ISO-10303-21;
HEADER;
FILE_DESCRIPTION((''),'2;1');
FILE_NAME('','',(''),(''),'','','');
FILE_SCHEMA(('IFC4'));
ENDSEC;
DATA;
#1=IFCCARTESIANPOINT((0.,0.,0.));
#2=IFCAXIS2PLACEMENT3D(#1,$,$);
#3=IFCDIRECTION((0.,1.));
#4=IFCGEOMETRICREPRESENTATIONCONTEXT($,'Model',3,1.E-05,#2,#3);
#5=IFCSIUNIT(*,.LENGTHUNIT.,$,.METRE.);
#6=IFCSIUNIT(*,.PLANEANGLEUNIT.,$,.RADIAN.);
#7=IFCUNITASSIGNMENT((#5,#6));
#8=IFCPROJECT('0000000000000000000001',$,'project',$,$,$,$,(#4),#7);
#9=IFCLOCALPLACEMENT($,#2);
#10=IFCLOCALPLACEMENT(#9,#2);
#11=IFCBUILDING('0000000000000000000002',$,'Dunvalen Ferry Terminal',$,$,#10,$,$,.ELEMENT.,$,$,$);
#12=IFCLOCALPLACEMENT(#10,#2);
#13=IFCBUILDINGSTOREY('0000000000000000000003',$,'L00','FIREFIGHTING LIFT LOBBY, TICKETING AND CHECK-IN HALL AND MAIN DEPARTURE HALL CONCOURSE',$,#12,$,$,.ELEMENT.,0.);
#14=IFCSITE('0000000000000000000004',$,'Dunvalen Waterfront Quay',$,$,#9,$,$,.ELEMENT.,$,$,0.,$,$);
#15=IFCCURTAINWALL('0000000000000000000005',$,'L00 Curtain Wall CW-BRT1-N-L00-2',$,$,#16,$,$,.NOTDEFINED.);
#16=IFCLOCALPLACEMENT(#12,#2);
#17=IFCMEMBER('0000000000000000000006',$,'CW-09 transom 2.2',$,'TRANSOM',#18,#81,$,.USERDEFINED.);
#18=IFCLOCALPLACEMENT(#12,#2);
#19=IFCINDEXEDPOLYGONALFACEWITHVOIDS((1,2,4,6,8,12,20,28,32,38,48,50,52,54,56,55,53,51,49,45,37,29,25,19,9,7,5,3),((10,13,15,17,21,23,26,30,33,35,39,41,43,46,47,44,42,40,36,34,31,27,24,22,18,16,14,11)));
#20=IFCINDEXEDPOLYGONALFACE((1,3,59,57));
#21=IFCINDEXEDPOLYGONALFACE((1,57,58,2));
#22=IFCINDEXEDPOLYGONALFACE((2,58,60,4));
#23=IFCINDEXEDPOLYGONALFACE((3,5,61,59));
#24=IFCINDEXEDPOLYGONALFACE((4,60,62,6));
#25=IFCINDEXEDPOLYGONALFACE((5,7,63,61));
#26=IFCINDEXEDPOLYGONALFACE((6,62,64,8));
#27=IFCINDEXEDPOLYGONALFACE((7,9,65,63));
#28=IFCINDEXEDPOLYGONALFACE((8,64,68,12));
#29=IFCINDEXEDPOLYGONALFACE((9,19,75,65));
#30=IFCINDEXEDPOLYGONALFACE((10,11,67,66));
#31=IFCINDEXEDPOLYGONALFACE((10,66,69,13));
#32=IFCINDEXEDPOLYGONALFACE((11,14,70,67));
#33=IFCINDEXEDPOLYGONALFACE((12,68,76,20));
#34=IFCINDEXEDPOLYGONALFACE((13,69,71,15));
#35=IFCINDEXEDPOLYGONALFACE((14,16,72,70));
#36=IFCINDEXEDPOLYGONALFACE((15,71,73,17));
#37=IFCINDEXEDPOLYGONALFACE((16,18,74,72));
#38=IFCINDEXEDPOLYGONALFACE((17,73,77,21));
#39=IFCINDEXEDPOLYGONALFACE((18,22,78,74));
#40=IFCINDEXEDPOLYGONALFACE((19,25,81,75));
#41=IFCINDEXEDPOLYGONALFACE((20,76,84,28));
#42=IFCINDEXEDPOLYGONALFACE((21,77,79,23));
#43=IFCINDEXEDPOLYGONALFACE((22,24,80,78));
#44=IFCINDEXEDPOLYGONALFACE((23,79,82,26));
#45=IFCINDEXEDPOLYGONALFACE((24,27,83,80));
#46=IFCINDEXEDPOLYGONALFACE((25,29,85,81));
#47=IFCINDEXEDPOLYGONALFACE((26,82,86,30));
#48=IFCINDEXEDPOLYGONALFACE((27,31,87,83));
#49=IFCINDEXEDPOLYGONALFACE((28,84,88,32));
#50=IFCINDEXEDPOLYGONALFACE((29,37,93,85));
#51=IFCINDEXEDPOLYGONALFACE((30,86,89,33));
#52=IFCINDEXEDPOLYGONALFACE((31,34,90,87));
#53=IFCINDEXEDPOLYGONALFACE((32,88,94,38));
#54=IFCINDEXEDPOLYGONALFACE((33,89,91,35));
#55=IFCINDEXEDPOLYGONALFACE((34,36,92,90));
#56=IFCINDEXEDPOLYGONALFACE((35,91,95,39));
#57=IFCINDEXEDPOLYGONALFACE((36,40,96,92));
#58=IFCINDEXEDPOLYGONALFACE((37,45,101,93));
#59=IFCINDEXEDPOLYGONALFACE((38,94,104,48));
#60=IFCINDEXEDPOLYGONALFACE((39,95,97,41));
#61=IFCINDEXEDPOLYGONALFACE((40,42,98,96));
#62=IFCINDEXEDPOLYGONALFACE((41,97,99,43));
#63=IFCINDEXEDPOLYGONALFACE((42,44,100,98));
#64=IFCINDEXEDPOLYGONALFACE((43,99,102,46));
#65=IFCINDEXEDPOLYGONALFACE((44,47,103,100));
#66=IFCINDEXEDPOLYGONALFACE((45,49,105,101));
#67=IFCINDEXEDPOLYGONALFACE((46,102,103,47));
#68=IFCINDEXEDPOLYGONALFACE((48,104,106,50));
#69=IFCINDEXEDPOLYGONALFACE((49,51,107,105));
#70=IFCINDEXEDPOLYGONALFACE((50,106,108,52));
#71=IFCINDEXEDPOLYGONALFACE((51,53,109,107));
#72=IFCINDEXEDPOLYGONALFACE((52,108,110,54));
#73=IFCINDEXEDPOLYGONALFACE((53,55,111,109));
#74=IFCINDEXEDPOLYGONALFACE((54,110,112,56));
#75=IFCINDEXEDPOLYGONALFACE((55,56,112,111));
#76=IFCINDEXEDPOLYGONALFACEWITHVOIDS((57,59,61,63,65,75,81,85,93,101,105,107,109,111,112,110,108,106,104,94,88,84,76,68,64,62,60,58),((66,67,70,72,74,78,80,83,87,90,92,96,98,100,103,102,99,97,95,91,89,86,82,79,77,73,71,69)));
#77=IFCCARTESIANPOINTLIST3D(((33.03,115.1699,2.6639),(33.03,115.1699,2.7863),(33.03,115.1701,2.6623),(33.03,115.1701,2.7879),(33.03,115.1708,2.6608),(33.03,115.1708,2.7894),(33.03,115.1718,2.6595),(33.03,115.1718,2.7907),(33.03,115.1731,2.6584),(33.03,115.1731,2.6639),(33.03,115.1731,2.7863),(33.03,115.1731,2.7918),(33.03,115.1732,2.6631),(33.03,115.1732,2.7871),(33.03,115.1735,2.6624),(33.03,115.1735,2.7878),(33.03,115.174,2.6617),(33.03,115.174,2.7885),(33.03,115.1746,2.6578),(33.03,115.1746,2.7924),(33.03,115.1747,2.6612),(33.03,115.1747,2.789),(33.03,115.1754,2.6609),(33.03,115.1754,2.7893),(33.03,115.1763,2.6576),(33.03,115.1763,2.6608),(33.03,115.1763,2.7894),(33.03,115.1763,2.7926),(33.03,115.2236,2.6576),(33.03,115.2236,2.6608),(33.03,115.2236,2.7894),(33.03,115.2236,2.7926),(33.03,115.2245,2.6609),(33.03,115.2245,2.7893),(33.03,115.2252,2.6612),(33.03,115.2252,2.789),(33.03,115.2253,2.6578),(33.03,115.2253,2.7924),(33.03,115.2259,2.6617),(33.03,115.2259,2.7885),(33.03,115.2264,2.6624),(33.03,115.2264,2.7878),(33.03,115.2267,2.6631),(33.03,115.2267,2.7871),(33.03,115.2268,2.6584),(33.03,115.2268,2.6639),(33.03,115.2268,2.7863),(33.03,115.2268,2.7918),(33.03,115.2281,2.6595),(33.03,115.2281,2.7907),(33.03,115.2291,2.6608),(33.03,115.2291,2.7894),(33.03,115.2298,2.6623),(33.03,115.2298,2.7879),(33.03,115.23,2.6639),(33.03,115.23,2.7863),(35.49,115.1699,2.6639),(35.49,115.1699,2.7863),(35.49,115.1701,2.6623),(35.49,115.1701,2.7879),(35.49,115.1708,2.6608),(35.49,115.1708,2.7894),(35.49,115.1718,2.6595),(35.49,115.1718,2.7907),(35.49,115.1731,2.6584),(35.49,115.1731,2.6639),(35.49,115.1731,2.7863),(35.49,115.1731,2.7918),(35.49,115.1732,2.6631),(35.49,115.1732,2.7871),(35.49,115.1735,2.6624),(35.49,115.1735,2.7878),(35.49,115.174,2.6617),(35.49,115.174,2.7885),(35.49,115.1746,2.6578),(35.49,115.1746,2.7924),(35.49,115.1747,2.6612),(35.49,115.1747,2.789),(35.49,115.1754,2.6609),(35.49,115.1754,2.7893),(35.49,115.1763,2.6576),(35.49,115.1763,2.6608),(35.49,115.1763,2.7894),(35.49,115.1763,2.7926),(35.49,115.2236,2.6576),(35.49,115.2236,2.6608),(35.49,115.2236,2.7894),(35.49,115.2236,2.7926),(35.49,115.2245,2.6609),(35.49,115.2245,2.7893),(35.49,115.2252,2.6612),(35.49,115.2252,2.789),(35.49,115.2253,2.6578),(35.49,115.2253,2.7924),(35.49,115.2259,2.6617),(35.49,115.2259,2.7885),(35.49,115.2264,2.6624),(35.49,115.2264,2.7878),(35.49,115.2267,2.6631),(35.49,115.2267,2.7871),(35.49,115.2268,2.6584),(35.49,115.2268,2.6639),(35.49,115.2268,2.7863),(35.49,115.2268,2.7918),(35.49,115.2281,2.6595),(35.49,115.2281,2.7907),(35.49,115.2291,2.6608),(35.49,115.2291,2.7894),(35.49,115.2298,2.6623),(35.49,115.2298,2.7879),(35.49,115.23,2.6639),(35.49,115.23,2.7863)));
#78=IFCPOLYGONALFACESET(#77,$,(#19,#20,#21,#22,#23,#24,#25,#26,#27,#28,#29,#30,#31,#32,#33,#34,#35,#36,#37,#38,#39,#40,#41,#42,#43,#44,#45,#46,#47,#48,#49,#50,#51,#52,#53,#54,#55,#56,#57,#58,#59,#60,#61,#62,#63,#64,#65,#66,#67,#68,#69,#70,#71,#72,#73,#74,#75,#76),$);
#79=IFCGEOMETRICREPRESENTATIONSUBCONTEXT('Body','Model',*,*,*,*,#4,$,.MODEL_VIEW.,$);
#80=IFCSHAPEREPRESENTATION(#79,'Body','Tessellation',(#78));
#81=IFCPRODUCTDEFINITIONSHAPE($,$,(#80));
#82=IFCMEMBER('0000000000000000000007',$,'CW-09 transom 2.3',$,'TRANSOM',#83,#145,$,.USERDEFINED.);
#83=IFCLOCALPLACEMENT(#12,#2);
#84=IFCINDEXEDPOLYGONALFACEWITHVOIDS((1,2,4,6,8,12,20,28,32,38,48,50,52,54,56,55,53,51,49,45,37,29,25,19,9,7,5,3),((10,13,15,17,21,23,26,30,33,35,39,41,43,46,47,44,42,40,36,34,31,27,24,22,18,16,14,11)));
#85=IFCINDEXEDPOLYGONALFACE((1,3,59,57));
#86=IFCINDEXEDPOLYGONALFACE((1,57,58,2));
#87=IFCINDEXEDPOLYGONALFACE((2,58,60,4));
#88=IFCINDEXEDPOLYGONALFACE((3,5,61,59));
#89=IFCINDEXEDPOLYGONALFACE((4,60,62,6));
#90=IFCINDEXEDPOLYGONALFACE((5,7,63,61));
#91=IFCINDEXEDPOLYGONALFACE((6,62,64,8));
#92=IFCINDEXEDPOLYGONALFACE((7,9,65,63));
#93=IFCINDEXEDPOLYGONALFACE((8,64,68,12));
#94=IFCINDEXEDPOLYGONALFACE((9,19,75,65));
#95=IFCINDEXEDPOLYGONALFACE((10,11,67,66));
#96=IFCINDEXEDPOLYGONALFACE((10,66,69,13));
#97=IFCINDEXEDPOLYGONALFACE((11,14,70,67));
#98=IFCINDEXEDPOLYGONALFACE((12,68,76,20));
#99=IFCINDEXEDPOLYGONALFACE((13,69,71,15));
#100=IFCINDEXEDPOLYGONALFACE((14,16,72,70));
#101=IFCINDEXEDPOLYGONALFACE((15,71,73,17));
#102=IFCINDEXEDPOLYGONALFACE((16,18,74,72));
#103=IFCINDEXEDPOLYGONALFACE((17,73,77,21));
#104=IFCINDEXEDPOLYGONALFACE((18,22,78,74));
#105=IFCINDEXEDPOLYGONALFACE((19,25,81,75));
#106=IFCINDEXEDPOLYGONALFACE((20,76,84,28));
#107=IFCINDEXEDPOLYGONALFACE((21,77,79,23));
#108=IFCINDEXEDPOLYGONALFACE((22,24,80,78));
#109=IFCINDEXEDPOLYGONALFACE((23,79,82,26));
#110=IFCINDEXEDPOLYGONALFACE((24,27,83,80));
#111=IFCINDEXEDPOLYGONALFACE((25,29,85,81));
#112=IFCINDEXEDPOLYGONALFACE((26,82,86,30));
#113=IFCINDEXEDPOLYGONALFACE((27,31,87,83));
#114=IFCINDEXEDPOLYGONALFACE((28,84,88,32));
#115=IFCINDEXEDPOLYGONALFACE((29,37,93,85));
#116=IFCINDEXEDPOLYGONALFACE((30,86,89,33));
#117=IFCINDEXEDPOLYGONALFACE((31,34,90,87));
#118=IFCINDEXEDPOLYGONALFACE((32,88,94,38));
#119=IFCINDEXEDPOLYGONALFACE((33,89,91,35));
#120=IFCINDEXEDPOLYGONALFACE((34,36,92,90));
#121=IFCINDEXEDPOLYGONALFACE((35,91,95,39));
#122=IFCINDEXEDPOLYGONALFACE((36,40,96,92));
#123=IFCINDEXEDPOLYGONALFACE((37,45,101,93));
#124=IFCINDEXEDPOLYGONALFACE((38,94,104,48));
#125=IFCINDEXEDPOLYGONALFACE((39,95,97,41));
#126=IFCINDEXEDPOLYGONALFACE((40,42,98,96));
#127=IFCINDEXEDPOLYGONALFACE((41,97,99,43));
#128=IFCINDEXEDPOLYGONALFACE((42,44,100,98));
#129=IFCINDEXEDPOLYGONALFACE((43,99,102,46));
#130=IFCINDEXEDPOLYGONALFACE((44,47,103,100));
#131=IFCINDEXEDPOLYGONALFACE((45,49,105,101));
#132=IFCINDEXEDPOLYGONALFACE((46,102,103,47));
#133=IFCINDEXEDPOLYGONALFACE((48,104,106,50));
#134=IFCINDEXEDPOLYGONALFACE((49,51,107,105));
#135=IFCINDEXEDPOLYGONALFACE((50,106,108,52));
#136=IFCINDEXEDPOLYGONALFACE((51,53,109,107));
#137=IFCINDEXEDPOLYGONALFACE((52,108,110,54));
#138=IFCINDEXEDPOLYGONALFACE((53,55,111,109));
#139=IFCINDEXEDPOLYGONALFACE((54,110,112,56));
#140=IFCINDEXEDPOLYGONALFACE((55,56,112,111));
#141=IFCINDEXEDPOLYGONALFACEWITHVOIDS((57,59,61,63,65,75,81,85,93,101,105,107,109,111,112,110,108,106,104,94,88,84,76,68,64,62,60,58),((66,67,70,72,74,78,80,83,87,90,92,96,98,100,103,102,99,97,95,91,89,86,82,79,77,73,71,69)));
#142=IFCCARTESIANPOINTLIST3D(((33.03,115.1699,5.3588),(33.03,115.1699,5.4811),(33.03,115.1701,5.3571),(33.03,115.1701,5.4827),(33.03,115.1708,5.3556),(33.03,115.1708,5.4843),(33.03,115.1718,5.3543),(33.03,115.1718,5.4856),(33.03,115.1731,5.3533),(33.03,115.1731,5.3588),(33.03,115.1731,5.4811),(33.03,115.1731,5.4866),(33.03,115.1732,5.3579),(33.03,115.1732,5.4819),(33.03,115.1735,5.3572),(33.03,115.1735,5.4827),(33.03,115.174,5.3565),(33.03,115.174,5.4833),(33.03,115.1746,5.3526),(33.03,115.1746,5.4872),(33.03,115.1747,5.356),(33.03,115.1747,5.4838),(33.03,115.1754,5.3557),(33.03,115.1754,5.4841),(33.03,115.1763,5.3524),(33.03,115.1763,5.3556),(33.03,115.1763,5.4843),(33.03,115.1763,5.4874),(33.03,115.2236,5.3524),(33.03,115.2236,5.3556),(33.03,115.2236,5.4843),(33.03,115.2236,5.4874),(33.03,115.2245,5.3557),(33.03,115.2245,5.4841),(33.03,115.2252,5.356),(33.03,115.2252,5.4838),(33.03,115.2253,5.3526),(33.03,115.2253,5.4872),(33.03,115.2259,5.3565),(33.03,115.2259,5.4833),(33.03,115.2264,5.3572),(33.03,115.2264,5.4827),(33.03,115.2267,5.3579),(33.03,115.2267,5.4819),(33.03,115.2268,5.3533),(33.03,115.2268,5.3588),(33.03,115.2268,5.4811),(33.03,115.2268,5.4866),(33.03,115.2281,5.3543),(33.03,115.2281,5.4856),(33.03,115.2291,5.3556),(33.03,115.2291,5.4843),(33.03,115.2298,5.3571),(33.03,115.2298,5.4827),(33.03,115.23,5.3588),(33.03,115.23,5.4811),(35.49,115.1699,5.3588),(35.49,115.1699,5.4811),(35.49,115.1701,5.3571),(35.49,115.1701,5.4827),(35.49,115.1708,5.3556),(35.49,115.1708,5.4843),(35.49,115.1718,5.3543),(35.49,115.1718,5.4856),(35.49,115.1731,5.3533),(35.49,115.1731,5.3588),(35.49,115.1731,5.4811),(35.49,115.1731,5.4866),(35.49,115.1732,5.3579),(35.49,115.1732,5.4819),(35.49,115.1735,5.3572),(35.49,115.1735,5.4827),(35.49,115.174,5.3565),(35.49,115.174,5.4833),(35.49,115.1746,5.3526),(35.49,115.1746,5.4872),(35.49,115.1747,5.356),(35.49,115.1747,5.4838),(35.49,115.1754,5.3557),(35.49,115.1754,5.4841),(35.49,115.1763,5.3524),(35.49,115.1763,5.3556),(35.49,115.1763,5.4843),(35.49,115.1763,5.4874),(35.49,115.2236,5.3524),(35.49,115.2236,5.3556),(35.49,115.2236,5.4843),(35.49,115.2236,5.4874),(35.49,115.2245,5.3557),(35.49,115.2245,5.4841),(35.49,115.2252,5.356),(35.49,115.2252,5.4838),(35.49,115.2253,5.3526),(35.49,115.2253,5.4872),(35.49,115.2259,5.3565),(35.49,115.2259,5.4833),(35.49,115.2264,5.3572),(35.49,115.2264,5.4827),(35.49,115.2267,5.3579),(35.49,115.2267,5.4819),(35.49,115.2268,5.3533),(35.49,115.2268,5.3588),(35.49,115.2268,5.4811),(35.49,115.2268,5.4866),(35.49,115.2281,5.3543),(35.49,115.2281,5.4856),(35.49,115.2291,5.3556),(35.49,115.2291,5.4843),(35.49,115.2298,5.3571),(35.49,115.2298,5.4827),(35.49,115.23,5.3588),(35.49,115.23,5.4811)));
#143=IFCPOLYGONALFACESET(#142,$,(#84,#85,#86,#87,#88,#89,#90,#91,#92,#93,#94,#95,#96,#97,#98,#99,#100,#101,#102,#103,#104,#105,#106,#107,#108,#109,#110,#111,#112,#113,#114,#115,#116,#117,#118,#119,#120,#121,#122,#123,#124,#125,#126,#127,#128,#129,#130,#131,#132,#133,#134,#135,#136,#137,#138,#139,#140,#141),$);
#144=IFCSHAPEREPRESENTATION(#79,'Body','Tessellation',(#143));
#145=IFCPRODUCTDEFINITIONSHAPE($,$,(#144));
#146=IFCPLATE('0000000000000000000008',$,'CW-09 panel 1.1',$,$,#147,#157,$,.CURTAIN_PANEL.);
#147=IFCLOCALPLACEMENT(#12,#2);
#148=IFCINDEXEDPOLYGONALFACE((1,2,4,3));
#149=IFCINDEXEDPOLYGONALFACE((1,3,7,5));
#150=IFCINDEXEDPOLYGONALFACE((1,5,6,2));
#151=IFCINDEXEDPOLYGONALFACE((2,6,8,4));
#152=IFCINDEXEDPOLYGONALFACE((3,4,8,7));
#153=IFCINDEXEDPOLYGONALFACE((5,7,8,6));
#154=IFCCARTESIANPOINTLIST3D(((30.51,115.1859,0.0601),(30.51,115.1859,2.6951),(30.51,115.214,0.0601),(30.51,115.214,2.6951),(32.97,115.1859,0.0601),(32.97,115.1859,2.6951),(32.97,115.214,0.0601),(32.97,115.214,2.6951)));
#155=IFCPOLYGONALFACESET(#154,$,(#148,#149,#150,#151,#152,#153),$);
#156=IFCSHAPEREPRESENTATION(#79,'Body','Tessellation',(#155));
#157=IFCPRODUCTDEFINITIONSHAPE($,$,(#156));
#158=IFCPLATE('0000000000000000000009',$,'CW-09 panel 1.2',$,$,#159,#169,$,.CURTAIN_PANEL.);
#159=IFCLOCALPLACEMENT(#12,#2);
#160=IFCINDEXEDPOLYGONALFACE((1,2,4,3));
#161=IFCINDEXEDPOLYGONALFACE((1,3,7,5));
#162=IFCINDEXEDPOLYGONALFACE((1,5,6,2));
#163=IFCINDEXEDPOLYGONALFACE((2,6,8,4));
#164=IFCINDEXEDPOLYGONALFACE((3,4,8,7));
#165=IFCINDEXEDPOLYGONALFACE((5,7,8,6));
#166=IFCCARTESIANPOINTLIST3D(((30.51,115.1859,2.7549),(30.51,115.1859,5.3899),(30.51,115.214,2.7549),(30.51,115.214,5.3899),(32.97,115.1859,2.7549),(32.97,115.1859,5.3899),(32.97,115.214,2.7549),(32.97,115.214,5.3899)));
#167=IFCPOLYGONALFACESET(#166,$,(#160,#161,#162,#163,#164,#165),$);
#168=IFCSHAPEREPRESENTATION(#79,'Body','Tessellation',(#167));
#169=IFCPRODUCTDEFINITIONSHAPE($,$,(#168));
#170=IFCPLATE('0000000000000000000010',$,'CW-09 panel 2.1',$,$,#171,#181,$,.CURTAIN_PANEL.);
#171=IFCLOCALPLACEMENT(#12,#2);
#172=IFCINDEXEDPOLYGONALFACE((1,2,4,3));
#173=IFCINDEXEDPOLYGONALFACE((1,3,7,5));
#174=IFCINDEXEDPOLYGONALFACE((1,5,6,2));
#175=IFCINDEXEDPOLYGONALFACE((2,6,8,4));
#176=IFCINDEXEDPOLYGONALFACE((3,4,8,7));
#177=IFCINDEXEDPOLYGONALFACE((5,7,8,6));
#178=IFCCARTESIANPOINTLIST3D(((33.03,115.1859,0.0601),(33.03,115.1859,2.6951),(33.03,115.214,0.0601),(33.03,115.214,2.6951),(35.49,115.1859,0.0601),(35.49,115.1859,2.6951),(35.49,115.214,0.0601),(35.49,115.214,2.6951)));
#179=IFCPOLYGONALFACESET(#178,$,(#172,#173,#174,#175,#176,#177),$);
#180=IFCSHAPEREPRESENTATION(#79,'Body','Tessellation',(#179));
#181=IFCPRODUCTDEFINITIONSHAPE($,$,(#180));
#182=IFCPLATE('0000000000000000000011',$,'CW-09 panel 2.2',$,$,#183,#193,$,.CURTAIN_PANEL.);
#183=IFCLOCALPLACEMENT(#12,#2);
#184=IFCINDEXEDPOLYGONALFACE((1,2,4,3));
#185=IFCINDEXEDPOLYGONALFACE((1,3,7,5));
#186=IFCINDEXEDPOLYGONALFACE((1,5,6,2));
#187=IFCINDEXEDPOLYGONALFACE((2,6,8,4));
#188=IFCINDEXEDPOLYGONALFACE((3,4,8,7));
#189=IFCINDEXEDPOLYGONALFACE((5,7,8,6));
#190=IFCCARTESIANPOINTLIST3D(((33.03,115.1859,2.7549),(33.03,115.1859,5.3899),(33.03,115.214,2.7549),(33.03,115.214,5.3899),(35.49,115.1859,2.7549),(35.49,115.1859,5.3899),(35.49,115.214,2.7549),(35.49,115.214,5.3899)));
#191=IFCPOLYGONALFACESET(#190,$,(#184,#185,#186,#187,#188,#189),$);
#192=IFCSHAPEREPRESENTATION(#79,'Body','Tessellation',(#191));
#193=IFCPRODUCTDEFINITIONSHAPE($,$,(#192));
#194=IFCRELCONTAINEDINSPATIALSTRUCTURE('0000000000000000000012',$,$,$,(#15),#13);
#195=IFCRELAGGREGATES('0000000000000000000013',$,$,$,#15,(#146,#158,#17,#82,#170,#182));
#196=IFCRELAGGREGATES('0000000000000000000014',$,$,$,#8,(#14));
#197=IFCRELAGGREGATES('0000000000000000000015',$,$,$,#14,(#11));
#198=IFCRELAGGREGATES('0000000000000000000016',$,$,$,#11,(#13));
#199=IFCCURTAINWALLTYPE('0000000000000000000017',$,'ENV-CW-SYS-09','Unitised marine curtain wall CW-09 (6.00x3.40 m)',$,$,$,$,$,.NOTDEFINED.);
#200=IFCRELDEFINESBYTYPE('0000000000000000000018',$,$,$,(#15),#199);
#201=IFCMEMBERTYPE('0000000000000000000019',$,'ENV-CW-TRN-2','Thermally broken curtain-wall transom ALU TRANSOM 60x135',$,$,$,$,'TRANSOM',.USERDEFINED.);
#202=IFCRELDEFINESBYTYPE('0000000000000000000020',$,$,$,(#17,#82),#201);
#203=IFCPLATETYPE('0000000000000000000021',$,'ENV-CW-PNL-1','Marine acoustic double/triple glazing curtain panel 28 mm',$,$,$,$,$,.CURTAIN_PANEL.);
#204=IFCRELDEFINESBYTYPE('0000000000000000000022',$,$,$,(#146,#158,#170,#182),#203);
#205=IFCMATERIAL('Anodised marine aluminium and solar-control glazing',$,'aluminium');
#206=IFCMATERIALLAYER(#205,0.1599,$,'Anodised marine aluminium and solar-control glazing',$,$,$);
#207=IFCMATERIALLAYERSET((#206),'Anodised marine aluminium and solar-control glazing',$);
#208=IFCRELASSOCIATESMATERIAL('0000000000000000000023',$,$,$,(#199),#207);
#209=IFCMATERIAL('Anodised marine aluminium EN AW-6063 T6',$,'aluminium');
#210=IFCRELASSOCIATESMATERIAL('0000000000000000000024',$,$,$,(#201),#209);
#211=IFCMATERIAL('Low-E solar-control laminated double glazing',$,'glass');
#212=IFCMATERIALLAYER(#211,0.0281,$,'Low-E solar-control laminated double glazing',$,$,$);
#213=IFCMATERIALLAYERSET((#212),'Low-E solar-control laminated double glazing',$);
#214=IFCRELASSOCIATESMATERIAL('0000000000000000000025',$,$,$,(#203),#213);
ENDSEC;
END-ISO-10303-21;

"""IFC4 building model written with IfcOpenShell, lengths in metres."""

from ifc_helpers import new_model, si_unit, direction, frame, origin, origin_2d, place, context, subcontext, project, spatial, rectangle, hollow_rectangle, extrude, material, layer, layer_set, material_profile, profile_set, type_object, element, aggregate, save


model = new_model("IFC4")

# Units and contexts
model_context = context("Model", 3, precision=1e-05, world=origin(), true_north=direction((0.0, 1.0)))
body_context = subcontext(model_context, "Body", "Model", "MODEL_VIEW")
ifc_project = project(units=[si_unit("LENGTHUNIT", "METRE"), si_unit("PLANEANGLEUNIT", "RADIAN")], contexts=[model_context])

# Site, building, storey
site_placement = place(None, origin())
site = spatial("IfcSite", under=ifc_project, at=site_placement, Name="Dunvalen Waterfront Quay", CompositionType="ELEMENT", RefElevation=0.0)
building_placement = place(site_placement, origin())
building = spatial("IfcBuilding", under=site, at=building_placement, Name="Dunvalen Ferry Terminal", CompositionType="ELEMENT")
storey_placement = place(building_placement, origin())
storey = spatial("IfcBuildingStorey", under=building, at=storey_placement, Name="L00", Description="FIREFIGHTING LIFT LOBBY, TICKETING AND CHECK-IN HALL AND MAIN DEPARTURE HALL CONCOURSE", CompositionType="ELEMENT", Elevation=0.0)

# Curtain wall, members, plates
ifc_material_1 = material(Name="Anodised marine aluminium and solar-control glazing", Category="aluminium")
ifc_layer_1 = layer(ifc_material_1, 0.1599, Name="Anodised marine aluminium and solar-control glazing")
ifc_layer_set_1 = layer_set([ifc_layer_1], Name="Anodised marine aluminium and solar-control glazing")
curtain_wall_type = type_object("IfcCurtainWallType", Name="ENV-CW-SYS-09", Description="Unitised marine curtain wall CW-09 (6.00x3.40 m)", PredefinedType="NOTDEFINED", material=ifc_layer_set_1)
curtain_wall_placement = place(storey_placement, origin())
curtain_wall = element("IfcCurtainWall", 1, at=curtain_wall_placement, inside=storey, type_object=curtain_wall_type, Name="L00 Curtain Wall CW-BRT1-N-L00-2", PredefinedType="NOTDEFINED")
ifc_material_2 = material(Name="Anodised marine aluminium EN AW-6063 T6", Category="aluminium")
ifc_material_profile_1 = material_profile(ifc_material_2, hollow_rectangle(XDim=0.0601, YDim=0.135, WallThickness=0.0032, InnerFilletRadius=0.0032, OuterFilletRadius=0.0063, at=origin_2d()), Name="Anodised marine aluminium EN AW-6063 T6")
ifc_profile_set_1 = profile_set([ifc_material_profile_1], Name="Anodised marine aluminium EN AW-6063 T6")
member_type_1 = type_object("IfcMemberType", Name="ENV-CW-TRN-2", Description="Thermally broken curtain-wall transom ALU TRANSOM 60x135", ElementType="TRANSOM", PredefinedType="USERDEFINED", material=ifc_profile_set_1)
member_1_placement = place(storey_placement, frame((33.03, 115.2, 2.7251), z_axis=(1.0, 0.0, 0.0), x_axis=(0.0, 1.0, 0.0)))
member_1 = element("IfcMember", 2, at=member_1_placement, type_object=member_type_1, Name="CW-09 transom 2.2", ObjectType="TRANSOM", PredefinedType="USERDEFINED", context=body_context, shape_type="SweptSolid", body=[
    extrude(hollow_rectangle(XDim=0.0601, YDim=0.135, WallThickness=0.0032, InnerFilletRadius=0.0032, OuterFilletRadius=0.0063, at=origin_2d()), origin(), (0.0, 0.0, 1.0), 2.46),
])
member_2_placement = place(storey_placement, frame((33.03, 115.2, 5.4199), z_axis=(1.0, 0.0, 0.0), x_axis=(0.0, 1.0, 0.0)))
member_2 = element("IfcMember", 3, at=member_2_placement, type_object=member_type_1, Name="CW-09 transom 2.3", ObjectType="TRANSOM", PredefinedType="USERDEFINED", context=body_context, shape_type="SweptSolid", body=[
    extrude(hollow_rectangle(XDim=0.0601, YDim=0.135, WallThickness=0.0032, InnerFilletRadius=0.0032, OuterFilletRadius=0.0063, at=origin_2d()), origin(), (0.0, 0.0, 1.0), 2.46),
])
ifc_material_3 = material(Name="Low-E solar-control laminated double glazing", Category="glass")
ifc_layer_2 = layer(ifc_material_3, 0.0281, Name="Low-E solar-control laminated double glazing")
ifc_layer_set_2 = layer_set([ifc_layer_2], Name="Low-E solar-control laminated double glazing")
plate_type = type_object("IfcPlateType", Name="ENV-CW-PNL-1", Description="Marine acoustic double/triple glazing curtain panel 28 mm", PredefinedType="CURTAIN_PANEL", material=ifc_layer_set_2)
plate_1_placement = place(storey_placement, frame((31.74, 115.2, 0.0601), z_axis=(0.0, 0.0, 1.0), x_axis=(1.0, 0.0, 0.0)))
plate_1 = element("IfcPlate", 4, at=plate_1_placement, type_object=plate_type, Name="CW-09 panel 1.1", PredefinedType="CURTAIN_PANEL", context=body_context, shape_type="SweptSolid", body=[
    extrude(rectangle(XDim=2.46, YDim=0.0281, at=origin_2d()), origin(), (0.0, 0.0, 1.0), 2.635),
])
plate_2_placement = place(storey_placement, frame((31.74, 115.2, 2.7549), z_axis=(0.0, 0.0, 1.0), x_axis=(1.0, 0.0, 0.0)))
plate_2 = element("IfcPlate", 5, at=plate_2_placement, type_object=plate_type, Name="CW-09 panel 1.2", PredefinedType="CURTAIN_PANEL", context=body_context, shape_type="SweptSolid", body=[
    extrude(rectangle(XDim=2.46, YDim=0.0281, at=origin_2d()), origin(), (0.0, 0.0, 1.0), 2.635),
])
plate_3_placement = place(storey_placement, frame((34.26, 115.2, 0.0601), z_axis=(0.0, 0.0, 1.0), x_axis=(1.0, 0.0, 0.0)))
plate_3 = element("IfcPlate", 6, at=plate_3_placement, type_object=plate_type, Name="CW-09 panel 2.1", PredefinedType="CURTAIN_PANEL", context=body_context, shape_type="SweptSolid", body=[
    extrude(rectangle(XDim=2.46, YDim=0.0281, at=origin_2d()), origin(), (0.0, 0.0, 1.0), 2.635),
])
plate_4_placement = place(storey_placement, frame((34.26, 115.2, 2.7549), z_axis=(0.0, 0.0, 1.0), x_axis=(1.0, 0.0, 0.0)))
plate_4 = element("IfcPlate", 7, at=plate_4_placement, type_object=plate_type, Name="CW-09 panel 2.2", PredefinedType="CURTAIN_PANEL", context=body_context, shape_type="SweptSolid", body=[
    extrude(rectangle(XDim=2.46, YDim=0.0281, at=origin_2d()), origin(), (0.0, 0.0, 1.0), 2.635),
])
aggregate(curtain_wall, [plate_1, plate_2, member_1, member_2, plate_3, plate_4])

save(model, "model.ifc")
